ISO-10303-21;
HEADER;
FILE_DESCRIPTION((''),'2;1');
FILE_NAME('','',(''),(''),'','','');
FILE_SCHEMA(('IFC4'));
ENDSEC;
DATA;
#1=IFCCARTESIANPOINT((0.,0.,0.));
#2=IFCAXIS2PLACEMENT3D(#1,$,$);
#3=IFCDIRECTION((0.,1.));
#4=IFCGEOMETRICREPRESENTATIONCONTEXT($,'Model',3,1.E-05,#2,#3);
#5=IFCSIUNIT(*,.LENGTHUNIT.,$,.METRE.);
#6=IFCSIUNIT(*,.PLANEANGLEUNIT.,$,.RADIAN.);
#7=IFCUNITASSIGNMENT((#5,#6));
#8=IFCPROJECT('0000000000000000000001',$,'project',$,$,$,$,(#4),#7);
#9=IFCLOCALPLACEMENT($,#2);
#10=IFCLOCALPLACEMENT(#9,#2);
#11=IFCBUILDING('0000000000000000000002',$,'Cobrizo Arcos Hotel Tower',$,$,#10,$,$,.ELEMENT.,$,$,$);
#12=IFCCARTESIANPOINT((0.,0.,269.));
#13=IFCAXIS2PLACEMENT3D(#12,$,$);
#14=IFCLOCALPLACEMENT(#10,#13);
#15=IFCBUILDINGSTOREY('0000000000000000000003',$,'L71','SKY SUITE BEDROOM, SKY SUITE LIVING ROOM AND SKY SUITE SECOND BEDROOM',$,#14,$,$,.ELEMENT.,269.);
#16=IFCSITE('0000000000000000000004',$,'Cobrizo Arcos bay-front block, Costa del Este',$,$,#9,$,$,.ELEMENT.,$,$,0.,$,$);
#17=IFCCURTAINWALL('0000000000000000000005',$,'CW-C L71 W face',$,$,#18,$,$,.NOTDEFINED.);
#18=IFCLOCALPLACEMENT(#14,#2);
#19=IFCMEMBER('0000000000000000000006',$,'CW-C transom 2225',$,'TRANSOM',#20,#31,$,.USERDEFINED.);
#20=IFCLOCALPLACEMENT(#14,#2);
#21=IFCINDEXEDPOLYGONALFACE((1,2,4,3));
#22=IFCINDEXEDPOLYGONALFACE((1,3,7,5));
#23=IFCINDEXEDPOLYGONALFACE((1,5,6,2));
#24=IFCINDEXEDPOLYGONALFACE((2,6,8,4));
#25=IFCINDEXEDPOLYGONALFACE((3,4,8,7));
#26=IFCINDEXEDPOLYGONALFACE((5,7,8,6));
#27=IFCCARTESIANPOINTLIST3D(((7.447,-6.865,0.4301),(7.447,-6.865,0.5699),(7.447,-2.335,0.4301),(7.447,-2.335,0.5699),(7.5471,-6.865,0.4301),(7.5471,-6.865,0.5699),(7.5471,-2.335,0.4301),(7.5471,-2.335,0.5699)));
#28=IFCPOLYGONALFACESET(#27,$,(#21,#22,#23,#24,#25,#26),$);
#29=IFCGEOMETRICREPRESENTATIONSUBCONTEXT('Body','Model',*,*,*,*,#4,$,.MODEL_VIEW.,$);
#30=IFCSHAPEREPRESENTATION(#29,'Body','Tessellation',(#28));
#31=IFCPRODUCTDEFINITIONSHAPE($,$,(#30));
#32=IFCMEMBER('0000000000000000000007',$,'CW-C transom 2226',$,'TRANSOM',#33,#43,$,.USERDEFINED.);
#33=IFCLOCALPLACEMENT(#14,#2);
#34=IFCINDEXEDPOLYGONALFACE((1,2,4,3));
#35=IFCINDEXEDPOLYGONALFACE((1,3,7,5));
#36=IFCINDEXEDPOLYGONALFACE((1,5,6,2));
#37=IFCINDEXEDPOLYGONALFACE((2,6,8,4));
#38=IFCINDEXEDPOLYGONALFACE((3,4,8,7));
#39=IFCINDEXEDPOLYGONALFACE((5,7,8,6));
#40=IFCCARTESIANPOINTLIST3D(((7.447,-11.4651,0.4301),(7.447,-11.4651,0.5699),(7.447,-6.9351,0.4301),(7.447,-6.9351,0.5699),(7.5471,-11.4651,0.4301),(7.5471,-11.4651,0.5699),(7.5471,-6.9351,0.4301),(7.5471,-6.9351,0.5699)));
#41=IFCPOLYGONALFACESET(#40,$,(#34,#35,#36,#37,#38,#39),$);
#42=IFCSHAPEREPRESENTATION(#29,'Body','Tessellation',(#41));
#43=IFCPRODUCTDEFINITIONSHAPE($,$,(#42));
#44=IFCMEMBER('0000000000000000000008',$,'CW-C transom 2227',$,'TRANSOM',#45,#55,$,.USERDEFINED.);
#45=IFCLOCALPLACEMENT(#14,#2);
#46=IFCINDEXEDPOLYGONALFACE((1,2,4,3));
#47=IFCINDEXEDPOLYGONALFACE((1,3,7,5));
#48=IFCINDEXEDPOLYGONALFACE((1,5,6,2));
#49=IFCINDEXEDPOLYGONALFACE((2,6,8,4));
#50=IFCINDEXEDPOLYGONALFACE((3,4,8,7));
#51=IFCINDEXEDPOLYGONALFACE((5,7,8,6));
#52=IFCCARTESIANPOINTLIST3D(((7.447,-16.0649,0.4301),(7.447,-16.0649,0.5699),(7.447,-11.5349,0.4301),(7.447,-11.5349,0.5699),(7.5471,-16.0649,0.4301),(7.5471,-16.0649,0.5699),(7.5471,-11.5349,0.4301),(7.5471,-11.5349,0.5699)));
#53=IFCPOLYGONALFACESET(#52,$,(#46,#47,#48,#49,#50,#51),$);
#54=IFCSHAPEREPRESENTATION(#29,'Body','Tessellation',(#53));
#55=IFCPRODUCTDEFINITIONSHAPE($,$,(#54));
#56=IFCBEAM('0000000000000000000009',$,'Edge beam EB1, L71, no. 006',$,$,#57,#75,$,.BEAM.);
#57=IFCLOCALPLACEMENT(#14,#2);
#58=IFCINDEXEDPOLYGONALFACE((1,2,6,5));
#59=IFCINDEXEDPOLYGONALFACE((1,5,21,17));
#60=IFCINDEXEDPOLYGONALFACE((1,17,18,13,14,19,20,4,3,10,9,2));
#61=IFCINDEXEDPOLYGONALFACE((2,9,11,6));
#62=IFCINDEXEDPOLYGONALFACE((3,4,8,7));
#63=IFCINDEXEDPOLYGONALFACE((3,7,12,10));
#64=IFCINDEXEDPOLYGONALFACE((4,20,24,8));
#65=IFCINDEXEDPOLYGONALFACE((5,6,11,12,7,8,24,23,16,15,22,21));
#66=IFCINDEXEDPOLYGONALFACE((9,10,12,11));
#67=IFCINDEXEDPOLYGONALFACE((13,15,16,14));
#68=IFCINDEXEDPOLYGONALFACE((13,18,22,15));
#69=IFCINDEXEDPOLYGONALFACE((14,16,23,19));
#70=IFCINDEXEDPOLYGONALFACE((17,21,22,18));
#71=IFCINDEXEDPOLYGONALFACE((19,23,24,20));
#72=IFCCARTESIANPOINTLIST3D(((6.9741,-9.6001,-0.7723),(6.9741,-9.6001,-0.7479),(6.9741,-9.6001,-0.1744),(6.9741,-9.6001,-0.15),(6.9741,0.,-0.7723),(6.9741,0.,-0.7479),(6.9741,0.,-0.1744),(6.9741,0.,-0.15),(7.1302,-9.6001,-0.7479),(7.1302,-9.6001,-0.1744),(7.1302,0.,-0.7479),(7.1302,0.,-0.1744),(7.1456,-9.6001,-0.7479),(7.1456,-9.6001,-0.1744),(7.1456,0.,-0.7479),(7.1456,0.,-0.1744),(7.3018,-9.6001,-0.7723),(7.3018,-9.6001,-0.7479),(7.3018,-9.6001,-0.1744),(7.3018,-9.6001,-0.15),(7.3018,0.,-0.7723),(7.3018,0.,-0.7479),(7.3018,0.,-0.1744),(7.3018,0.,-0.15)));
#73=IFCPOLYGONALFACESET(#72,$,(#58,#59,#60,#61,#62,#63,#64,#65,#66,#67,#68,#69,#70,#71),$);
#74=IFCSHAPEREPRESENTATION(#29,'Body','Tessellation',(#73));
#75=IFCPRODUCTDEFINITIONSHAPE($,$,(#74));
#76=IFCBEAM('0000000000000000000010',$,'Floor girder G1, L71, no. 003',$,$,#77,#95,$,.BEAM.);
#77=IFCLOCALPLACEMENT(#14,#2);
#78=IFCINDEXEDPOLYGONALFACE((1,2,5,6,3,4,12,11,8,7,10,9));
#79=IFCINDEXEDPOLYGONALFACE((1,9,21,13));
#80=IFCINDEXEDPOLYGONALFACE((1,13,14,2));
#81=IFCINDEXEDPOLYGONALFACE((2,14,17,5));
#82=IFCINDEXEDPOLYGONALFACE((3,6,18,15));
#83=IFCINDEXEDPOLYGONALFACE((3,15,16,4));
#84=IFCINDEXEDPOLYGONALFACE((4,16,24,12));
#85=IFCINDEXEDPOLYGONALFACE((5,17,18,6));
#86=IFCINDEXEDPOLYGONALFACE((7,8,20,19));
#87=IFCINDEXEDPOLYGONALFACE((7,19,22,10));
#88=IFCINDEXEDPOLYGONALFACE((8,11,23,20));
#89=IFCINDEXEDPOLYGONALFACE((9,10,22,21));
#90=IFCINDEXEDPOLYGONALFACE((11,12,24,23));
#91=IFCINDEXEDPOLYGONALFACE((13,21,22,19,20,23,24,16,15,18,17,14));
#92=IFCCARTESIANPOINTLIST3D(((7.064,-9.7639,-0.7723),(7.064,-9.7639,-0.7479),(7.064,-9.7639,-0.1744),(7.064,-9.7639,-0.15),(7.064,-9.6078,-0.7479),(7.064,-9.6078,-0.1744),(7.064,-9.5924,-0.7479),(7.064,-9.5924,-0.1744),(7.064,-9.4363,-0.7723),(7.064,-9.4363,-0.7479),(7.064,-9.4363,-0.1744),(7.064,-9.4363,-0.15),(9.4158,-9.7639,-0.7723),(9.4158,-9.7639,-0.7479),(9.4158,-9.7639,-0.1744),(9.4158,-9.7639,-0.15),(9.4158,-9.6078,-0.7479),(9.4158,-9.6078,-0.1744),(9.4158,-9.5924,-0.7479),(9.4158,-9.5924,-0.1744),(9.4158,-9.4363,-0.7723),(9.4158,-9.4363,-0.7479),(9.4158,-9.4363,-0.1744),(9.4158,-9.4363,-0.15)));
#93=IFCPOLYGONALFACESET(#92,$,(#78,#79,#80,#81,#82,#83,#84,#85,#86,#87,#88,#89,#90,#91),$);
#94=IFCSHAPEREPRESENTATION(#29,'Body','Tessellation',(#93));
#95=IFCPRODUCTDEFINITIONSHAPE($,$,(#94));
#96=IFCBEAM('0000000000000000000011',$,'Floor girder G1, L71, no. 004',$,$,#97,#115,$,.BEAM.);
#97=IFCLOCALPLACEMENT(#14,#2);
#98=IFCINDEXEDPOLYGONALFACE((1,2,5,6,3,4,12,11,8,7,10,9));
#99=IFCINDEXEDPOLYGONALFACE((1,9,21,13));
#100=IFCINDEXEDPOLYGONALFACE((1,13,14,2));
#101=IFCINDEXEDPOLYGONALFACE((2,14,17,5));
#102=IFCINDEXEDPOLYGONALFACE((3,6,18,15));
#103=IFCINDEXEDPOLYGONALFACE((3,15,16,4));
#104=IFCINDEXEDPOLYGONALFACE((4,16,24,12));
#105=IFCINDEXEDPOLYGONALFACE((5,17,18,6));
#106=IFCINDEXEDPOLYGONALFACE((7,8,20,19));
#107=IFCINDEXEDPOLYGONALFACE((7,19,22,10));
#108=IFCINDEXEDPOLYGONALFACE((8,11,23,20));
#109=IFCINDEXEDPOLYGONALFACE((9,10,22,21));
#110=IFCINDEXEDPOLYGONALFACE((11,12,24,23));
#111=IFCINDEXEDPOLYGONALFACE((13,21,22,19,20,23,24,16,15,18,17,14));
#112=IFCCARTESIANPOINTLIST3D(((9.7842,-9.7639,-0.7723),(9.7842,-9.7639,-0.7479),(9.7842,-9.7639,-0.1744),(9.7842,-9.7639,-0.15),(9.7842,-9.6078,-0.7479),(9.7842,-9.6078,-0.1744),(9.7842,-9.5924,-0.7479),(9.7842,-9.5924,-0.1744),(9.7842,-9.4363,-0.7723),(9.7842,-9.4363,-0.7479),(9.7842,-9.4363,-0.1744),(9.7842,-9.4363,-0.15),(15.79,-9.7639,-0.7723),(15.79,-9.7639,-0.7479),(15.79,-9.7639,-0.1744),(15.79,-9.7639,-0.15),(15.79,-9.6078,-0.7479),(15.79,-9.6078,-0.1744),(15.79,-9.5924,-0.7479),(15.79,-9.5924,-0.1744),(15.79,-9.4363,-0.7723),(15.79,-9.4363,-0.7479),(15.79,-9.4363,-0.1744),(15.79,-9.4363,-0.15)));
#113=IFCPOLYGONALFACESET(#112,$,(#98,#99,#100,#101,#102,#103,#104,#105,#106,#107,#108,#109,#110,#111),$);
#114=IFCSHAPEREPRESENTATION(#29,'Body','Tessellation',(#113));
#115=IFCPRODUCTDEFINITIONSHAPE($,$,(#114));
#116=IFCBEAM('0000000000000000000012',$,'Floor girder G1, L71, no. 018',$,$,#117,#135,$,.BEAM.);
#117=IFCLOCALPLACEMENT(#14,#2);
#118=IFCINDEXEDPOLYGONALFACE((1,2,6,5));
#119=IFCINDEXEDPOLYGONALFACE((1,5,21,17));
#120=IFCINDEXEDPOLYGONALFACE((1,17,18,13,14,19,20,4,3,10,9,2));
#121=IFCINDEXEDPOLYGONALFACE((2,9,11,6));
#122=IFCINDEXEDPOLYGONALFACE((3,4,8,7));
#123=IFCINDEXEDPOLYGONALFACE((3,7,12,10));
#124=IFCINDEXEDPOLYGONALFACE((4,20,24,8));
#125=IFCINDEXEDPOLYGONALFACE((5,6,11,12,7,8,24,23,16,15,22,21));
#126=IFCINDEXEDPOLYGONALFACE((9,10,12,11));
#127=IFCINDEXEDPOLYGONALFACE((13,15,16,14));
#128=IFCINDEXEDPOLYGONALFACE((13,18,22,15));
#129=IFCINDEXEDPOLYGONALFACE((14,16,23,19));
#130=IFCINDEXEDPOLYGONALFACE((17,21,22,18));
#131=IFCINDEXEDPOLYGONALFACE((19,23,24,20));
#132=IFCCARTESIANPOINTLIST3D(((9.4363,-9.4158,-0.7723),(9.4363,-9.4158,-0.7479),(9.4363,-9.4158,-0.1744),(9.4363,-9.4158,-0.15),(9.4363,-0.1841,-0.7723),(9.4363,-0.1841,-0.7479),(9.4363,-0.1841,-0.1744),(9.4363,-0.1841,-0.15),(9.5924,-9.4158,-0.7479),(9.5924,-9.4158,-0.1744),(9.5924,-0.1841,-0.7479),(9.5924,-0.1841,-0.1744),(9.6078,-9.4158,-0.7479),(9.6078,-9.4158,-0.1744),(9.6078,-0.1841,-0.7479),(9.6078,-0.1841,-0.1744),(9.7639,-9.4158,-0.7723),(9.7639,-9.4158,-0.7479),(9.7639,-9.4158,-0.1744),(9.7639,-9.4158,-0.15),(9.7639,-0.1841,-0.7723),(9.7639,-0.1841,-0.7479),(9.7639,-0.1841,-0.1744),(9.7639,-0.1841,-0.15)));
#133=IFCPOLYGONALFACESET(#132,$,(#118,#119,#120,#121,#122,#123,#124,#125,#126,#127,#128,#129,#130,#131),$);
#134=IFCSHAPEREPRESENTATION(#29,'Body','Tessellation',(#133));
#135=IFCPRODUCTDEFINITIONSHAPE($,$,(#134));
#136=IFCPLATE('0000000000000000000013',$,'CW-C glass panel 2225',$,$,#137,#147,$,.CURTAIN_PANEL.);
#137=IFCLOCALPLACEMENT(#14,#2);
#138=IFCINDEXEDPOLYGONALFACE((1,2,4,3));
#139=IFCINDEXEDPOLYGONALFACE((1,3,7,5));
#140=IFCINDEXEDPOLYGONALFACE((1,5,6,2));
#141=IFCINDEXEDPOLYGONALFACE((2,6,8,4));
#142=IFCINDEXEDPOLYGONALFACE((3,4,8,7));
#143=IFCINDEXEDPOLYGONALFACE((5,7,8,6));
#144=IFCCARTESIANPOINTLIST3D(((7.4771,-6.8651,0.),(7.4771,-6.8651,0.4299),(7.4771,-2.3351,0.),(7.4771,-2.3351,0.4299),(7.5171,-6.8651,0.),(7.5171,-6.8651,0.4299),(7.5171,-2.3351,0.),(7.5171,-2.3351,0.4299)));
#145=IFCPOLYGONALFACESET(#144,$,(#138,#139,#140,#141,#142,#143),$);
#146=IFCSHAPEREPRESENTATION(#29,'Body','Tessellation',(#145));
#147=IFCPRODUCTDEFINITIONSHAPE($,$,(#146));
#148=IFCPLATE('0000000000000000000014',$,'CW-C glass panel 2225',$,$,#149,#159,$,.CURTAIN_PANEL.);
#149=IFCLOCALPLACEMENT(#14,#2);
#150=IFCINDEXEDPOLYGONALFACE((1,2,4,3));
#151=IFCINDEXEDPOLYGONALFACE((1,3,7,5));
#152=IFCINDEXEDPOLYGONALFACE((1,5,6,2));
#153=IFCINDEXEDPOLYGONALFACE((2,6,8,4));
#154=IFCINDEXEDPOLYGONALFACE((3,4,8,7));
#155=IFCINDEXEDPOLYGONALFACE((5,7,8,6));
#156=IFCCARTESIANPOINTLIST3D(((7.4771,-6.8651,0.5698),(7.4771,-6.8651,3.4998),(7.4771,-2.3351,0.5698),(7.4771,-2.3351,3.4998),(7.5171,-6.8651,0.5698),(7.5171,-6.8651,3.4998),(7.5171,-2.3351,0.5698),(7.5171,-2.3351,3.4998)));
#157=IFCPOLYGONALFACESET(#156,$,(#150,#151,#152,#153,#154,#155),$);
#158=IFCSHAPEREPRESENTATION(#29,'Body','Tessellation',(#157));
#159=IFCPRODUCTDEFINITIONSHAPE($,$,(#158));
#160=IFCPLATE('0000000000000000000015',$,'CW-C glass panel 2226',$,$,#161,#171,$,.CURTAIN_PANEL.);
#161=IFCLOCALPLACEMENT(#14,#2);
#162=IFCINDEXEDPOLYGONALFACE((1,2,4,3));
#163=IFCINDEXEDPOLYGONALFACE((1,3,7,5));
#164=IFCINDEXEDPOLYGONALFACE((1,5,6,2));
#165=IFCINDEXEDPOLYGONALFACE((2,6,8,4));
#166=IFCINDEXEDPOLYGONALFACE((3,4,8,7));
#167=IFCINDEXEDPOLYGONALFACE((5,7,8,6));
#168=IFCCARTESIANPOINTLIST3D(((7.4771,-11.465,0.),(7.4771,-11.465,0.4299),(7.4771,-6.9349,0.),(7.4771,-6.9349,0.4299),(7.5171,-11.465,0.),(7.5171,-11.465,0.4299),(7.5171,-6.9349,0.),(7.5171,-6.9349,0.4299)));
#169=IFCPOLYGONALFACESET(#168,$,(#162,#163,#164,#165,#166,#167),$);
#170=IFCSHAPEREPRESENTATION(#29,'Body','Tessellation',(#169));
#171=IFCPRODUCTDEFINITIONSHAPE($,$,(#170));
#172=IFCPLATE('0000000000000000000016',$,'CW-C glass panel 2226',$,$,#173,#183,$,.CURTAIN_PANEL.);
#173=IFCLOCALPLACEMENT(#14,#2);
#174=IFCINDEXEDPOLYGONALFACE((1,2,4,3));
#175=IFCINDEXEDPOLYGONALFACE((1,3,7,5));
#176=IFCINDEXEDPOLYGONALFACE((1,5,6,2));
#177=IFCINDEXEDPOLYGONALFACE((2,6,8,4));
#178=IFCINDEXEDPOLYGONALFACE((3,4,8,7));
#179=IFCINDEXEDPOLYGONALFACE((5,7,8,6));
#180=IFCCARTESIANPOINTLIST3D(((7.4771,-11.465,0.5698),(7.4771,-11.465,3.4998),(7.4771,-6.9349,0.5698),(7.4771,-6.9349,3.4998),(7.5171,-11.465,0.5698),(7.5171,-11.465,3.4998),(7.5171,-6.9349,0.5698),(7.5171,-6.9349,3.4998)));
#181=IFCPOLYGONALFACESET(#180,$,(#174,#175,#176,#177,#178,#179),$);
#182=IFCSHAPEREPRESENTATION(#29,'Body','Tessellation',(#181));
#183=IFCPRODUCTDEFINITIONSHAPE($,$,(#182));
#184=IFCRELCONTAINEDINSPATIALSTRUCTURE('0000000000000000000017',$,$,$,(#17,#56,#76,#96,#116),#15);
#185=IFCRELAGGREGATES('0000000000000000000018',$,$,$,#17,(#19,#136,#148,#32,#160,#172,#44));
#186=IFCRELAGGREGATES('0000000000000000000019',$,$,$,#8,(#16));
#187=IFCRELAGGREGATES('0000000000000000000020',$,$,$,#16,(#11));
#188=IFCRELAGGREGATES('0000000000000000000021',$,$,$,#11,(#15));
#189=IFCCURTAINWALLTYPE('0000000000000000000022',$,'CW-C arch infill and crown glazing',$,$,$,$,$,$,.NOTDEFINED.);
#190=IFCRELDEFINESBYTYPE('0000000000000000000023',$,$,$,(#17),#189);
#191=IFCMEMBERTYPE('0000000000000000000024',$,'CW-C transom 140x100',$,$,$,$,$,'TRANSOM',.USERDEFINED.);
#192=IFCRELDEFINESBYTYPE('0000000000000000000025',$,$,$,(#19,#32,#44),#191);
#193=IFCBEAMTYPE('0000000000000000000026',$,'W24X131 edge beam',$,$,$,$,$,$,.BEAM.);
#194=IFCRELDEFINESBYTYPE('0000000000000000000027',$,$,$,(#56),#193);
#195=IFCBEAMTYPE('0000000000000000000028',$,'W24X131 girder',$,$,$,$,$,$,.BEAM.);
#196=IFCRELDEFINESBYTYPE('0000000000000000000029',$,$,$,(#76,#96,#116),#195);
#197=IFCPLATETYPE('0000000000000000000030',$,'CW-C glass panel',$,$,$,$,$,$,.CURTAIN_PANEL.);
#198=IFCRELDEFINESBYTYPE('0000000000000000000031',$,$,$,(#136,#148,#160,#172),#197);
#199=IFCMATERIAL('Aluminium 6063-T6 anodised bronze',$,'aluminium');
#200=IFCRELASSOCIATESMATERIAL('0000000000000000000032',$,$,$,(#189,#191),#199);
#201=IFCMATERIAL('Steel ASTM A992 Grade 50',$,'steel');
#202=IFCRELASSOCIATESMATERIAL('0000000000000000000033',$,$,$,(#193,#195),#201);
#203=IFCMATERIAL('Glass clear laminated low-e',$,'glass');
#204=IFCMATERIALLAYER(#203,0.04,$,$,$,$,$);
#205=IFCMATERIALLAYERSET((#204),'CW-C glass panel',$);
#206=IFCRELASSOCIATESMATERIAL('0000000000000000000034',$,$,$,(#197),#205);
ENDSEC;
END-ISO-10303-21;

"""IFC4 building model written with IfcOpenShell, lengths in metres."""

from ifc_helpers import new_model, si_unit, direction, frame, origin, origin_2d, place, context, subcontext, project, spatial, rectangle, i_section, extrude, material, layer, layer_set, material_profile, profile_set, type_object, element, aggregate, save


model = new_model("IFC4")

# Units and contexts
model_context = context("Model", 3, precision=1e-05, world=origin(), true_north=direction((0.0, 1.0)))
body_context = subcontext(model_context, "Body", "Model", "MODEL_VIEW")
ifc_project = project(units=[si_unit("LENGTHUNIT", "METRE"), si_unit("PLANEANGLEUNIT", "RADIAN")], contexts=[model_context])

# Site, building, storey
site_placement = place(None, origin())
site = spatial("IfcSite", under=ifc_project, at=site_placement, Name="Cobrizo Arcos bay-front block, Costa del Este", CompositionType="ELEMENT", RefElevation=0.0)
building_placement = place(site_placement, origin())
building = spatial("IfcBuilding", under=site, at=building_placement, Name="Cobrizo Arcos Hotel Tower", CompositionType="ELEMENT")
storey_placement = place(building_placement, frame((0.0, 0.0, 269.0)))
storey = spatial("IfcBuildingStorey", under=building, at=storey_placement, Name="L71", Description="SKY SUITE BEDROOM, SKY SUITE LIVING ROOM AND SKY SUITE SECOND BEDROOM", CompositionType="ELEMENT", Elevation=269.0)

# Shared definitions
ifc_material_1 = material(Name="Steel ASTM A992 Grade 50", Category="steel")

# Curtain wall, members
ifc_material_2 = material(Name="Aluminium 6063-T6 anodised bronze", Category="aluminium")
curtain_wall_type = type_object("IfcCurtainWallType", Name="CW-C arch infill and crown glazing", PredefinedType="NOTDEFINED", material=ifc_material_2)
curtain_wall_placement = place(storey_placement, origin())
curtain_wall = element("IfcCurtainWall", 1, at=curtain_wall_placement, inside=storey, type_object=curtain_wall_type, Name="CW-C L71 W face", PredefinedType="NOTDEFINED")
ifc_material_profile_1 = material_profile(ifc_material_2, rectangle(XDim=0.1001, YDim=0.1399, at=origin_2d()), Name="CW-C transom 140x100")
ifc_profile_set_1 = profile_set([ifc_material_profile_1], Name="Aluminium 6063-T6 anodised bronze")
member_type_1 = type_object("IfcMemberType", Name="CW-C transom 140x100", ElementType="TRANSOM", PredefinedType="USERDEFINED", material=ifc_profile_set_1)
member_1_placement = place(storey_placement, frame((7.4971, -2.335, 0.5), z_axis=(0.0, -1.0, 0.0), x_axis=(1.0, 0.0, 0.0)))
member_1 = element("IfcMember", 2, at=member_1_placement, type_object=member_type_1, Name="CW-C transom 2225", ObjectType="TRANSOM", PredefinedType="USERDEFINED", context=body_context, shape_type="SweptSolid", body=[
    extrude(rectangle(XDim=0.1001, YDim=0.1399, at=origin_2d()), origin(), (0.0, 0.0, 1.0), 4.53),
])
member_2_placement = place(storey_placement, frame((7.4971, -6.9351, 0.5), z_axis=(0.0, -1.0, 0.0), x_axis=(1.0, 0.0, 0.0)))
member_2 = element("IfcMember", 3, at=member_2_placement, type_object=member_type_1, Name="CW-C transom 2226", ObjectType="TRANSOM", PredefinedType="USERDEFINED", context=body_context, shape_type="SweptSolid", body=[
    extrude(rectangle(XDim=0.1001, YDim=0.1399, at=origin_2d()), origin(), (0.0, 0.0, 1.0), 4.53),
])
member_3_placement = place(storey_placement, frame((7.4971, -11.5349, 0.5), z_axis=(0.0, -1.0, 0.0), x_axis=(1.0, 0.0, 0.0)))
member_3 = element("IfcMember", 4, at=member_3_placement, type_object=member_type_1, Name="CW-C transom 2227", ObjectType="TRANSOM", PredefinedType="USERDEFINED", context=body_context, shape_type="SweptSolid", body=[
    extrude(rectangle(XDim=0.1001, YDim=0.1399, at=origin_2d()), origin(), (0.0, 0.0, 1.0), 4.53),
])

# Beams
ifc_material_profile_2 = material_profile(ifc_material_1, i_section(OverallWidth=0.3276, OverallDepth=0.6223, WebThickness=0.0154, FlangeThickness=0.0244, at=origin_2d()), Name="W24X131")
ifc_profile_set_2 = profile_set([ifc_material_profile_2], Name="Steel ASTM A992 Grade 50")
beam_type_1 = type_object("IfcBeamType", Name="W24X131 edge beam", PredefinedType="BEAM", material=ifc_profile_set_2)
beam_1_placement = place(storey_placement, frame((7.1379, -9.6001, -0.4612), z_axis=(0.0, 1.0, 0.0), x_axis=(-1.0, 0.0, 0.0)))
element("IfcBeam", 5, at=beam_1_placement, inside=storey, type_object=beam_type_1, Name="Edge beam EB1, L71, no. 006", PredefinedType="BEAM", context=body_context, shape_type="SweptSolid", body=[
    extrude(i_section(OverallWidth=0.3276, OverallDepth=0.6223, WebThickness=0.0154, FlangeThickness=0.0244, at=origin_2d()), origin(), (0.0, 0.0, 1.0), 9.6001),
])
ifc_material_profile_3 = material_profile(ifc_material_1, i_section(OverallWidth=0.3276, OverallDepth=0.6223, WebThickness=0.0154, FlangeThickness=0.0244, at=origin_2d()), Name="W24X131")
ifc_profile_set_3 = profile_set([ifc_material_profile_3], Name="Steel ASTM A992 Grade 50")
beam_type_2 = type_object("IfcBeamType", Name="W24X131 girder", PredefinedType="BEAM", material=ifc_profile_set_3)
beam_2_placement = place(storey_placement, frame((7.064, -9.6001, -0.4612), z_axis=(1.0, 0.0, 0.0), x_axis=(0.0, 1.0, 0.0)))
element("IfcBeam", 6, at=beam_2_placement, inside=storey, type_object=beam_type_2, Name="Floor girder G1, L71, no. 003", PredefinedType="BEAM", context=body_context, shape_type="SweptSolid", body=[
    extrude(i_section(OverallWidth=0.3276, OverallDepth=0.6223, WebThickness=0.0154, FlangeThickness=0.0244, at=origin_2d()), origin(), (0.0, 0.0, 1.0), 2.3518),
])
beam_3_placement = place(storey_placement, frame((9.7842, -9.6001, -0.4612), z_axis=(1.0, 0.0, 0.0), x_axis=(0.0, 1.0, 0.0)))
element("IfcBeam", 7, at=beam_3_placement, inside=storey, type_object=beam_type_2, Name="Floor girder G1, L71, no. 004", PredefinedType="BEAM", context=body_context, shape_type="SweptSolid", body=[
    extrude(i_section(OverallWidth=0.3276, OverallDepth=0.6223, WebThickness=0.0154, FlangeThickness=0.0244, at=origin_2d()), origin(), (0.0, 0.0, 1.0), 6.0059),
])
beam_4_placement = place(storey_placement, frame((9.6001, -9.4158, -0.4612), z_axis=(0.0, 1.0, 0.0), x_axis=(-1.0, 0.0, 0.0)))
element("IfcBeam", 8, at=beam_4_placement, inside=storey, type_object=beam_type_2, Name="Floor girder G1, L71, no. 018", PredefinedType="BEAM", context=body_context, shape_type="SweptSolid", body=[
    extrude(i_section(OverallWidth=0.3276, OverallDepth=0.6223, WebThickness=0.0154, FlangeThickness=0.0244, at=origin_2d()), origin(), (0.0, 0.0, 1.0), 9.2317),
])

# Plates
ifc_material_3 = material(Name="Glass clear laminated low-e", Category="glass")
ifc_layer_1 = layer(ifc_material_3, 0.04)
ifc_layer_set_1 = layer_set([ifc_layer_1], Name="CW-C glass panel")
plate_type = type_object("IfcPlateType", Name="CW-C glass panel", PredefinedType="CURTAIN_PANEL", material=ifc_layer_set_1)
plate_1_placement = place(storey_placement, frame((7.4971, -4.6001, 0.0), z_axis=(0.0, 0.0, 1.0), x_axis=(0.0, -1.0, 0.0)))
plate_1 = element("IfcPlate", 9, at=plate_1_placement, type_object=plate_type, Name="CW-C glass panel 2225", PredefinedType="CURTAIN_PANEL", context=body_context, shape_type="SweptSolid", body=[
    extrude(rectangle(XDim=4.53, YDim=0.04, at=origin_2d()), origin(), (0.0, 0.0, 1.0), 0.4299),
])
plate_2_placement = place(storey_placement, frame((7.4971, -4.6001, 0.5698), z_axis=(0.0, 0.0, 1.0), x_axis=(0.0, -1.0, 0.0)))
plate_2 = element("IfcPlate", 10, at=plate_2_placement, type_object=plate_type, Name="CW-C glass panel 2225", PredefinedType="CURTAIN_PANEL", context=body_context, shape_type="SweptSolid", body=[
    extrude(rectangle(XDim=4.53, YDim=0.04, at=origin_2d()), origin(), (0.0, 0.0, 1.0), 2.9299),
])
plate_3_placement = place(storey_placement, frame((7.4971, -9.2, 0.0), z_axis=(0.0, 0.0, 1.0), x_axis=(0.0, -1.0, 0.0)))
plate_3 = element("IfcPlate", 11, at=plate_3_placement, type_object=plate_type, Name="CW-C glass panel 2226", PredefinedType="CURTAIN_PANEL", context=body_context, shape_type="SweptSolid", body=[
    extrude(rectangle(XDim=4.53, YDim=0.04, at=origin_2d()), origin(), (0.0, 0.0, 1.0), 0.4299),
])
plate_4_placement = place(storey_placement, frame((7.4971, -9.2, 0.5698), z_axis=(0.0, 0.0, 1.0), x_axis=(0.0, -1.0, 0.0)))
plate_4 = element("IfcPlate", 12, at=plate_4_placement, type_object=plate_type, Name="CW-C glass panel 2226", PredefinedType="CURTAIN_PANEL", context=body_context, shape_type="SweptSolid", body=[
    extrude(rectangle(XDim=4.53, YDim=0.04, at=origin_2d()), origin(), (0.0, 0.0, 1.0), 2.9299),
])
aggregate(curtain_wall, [member_1, plate_1, plate_2, member_2, plate_3, plate_4, member_3])

save(model, "model.ifc")
